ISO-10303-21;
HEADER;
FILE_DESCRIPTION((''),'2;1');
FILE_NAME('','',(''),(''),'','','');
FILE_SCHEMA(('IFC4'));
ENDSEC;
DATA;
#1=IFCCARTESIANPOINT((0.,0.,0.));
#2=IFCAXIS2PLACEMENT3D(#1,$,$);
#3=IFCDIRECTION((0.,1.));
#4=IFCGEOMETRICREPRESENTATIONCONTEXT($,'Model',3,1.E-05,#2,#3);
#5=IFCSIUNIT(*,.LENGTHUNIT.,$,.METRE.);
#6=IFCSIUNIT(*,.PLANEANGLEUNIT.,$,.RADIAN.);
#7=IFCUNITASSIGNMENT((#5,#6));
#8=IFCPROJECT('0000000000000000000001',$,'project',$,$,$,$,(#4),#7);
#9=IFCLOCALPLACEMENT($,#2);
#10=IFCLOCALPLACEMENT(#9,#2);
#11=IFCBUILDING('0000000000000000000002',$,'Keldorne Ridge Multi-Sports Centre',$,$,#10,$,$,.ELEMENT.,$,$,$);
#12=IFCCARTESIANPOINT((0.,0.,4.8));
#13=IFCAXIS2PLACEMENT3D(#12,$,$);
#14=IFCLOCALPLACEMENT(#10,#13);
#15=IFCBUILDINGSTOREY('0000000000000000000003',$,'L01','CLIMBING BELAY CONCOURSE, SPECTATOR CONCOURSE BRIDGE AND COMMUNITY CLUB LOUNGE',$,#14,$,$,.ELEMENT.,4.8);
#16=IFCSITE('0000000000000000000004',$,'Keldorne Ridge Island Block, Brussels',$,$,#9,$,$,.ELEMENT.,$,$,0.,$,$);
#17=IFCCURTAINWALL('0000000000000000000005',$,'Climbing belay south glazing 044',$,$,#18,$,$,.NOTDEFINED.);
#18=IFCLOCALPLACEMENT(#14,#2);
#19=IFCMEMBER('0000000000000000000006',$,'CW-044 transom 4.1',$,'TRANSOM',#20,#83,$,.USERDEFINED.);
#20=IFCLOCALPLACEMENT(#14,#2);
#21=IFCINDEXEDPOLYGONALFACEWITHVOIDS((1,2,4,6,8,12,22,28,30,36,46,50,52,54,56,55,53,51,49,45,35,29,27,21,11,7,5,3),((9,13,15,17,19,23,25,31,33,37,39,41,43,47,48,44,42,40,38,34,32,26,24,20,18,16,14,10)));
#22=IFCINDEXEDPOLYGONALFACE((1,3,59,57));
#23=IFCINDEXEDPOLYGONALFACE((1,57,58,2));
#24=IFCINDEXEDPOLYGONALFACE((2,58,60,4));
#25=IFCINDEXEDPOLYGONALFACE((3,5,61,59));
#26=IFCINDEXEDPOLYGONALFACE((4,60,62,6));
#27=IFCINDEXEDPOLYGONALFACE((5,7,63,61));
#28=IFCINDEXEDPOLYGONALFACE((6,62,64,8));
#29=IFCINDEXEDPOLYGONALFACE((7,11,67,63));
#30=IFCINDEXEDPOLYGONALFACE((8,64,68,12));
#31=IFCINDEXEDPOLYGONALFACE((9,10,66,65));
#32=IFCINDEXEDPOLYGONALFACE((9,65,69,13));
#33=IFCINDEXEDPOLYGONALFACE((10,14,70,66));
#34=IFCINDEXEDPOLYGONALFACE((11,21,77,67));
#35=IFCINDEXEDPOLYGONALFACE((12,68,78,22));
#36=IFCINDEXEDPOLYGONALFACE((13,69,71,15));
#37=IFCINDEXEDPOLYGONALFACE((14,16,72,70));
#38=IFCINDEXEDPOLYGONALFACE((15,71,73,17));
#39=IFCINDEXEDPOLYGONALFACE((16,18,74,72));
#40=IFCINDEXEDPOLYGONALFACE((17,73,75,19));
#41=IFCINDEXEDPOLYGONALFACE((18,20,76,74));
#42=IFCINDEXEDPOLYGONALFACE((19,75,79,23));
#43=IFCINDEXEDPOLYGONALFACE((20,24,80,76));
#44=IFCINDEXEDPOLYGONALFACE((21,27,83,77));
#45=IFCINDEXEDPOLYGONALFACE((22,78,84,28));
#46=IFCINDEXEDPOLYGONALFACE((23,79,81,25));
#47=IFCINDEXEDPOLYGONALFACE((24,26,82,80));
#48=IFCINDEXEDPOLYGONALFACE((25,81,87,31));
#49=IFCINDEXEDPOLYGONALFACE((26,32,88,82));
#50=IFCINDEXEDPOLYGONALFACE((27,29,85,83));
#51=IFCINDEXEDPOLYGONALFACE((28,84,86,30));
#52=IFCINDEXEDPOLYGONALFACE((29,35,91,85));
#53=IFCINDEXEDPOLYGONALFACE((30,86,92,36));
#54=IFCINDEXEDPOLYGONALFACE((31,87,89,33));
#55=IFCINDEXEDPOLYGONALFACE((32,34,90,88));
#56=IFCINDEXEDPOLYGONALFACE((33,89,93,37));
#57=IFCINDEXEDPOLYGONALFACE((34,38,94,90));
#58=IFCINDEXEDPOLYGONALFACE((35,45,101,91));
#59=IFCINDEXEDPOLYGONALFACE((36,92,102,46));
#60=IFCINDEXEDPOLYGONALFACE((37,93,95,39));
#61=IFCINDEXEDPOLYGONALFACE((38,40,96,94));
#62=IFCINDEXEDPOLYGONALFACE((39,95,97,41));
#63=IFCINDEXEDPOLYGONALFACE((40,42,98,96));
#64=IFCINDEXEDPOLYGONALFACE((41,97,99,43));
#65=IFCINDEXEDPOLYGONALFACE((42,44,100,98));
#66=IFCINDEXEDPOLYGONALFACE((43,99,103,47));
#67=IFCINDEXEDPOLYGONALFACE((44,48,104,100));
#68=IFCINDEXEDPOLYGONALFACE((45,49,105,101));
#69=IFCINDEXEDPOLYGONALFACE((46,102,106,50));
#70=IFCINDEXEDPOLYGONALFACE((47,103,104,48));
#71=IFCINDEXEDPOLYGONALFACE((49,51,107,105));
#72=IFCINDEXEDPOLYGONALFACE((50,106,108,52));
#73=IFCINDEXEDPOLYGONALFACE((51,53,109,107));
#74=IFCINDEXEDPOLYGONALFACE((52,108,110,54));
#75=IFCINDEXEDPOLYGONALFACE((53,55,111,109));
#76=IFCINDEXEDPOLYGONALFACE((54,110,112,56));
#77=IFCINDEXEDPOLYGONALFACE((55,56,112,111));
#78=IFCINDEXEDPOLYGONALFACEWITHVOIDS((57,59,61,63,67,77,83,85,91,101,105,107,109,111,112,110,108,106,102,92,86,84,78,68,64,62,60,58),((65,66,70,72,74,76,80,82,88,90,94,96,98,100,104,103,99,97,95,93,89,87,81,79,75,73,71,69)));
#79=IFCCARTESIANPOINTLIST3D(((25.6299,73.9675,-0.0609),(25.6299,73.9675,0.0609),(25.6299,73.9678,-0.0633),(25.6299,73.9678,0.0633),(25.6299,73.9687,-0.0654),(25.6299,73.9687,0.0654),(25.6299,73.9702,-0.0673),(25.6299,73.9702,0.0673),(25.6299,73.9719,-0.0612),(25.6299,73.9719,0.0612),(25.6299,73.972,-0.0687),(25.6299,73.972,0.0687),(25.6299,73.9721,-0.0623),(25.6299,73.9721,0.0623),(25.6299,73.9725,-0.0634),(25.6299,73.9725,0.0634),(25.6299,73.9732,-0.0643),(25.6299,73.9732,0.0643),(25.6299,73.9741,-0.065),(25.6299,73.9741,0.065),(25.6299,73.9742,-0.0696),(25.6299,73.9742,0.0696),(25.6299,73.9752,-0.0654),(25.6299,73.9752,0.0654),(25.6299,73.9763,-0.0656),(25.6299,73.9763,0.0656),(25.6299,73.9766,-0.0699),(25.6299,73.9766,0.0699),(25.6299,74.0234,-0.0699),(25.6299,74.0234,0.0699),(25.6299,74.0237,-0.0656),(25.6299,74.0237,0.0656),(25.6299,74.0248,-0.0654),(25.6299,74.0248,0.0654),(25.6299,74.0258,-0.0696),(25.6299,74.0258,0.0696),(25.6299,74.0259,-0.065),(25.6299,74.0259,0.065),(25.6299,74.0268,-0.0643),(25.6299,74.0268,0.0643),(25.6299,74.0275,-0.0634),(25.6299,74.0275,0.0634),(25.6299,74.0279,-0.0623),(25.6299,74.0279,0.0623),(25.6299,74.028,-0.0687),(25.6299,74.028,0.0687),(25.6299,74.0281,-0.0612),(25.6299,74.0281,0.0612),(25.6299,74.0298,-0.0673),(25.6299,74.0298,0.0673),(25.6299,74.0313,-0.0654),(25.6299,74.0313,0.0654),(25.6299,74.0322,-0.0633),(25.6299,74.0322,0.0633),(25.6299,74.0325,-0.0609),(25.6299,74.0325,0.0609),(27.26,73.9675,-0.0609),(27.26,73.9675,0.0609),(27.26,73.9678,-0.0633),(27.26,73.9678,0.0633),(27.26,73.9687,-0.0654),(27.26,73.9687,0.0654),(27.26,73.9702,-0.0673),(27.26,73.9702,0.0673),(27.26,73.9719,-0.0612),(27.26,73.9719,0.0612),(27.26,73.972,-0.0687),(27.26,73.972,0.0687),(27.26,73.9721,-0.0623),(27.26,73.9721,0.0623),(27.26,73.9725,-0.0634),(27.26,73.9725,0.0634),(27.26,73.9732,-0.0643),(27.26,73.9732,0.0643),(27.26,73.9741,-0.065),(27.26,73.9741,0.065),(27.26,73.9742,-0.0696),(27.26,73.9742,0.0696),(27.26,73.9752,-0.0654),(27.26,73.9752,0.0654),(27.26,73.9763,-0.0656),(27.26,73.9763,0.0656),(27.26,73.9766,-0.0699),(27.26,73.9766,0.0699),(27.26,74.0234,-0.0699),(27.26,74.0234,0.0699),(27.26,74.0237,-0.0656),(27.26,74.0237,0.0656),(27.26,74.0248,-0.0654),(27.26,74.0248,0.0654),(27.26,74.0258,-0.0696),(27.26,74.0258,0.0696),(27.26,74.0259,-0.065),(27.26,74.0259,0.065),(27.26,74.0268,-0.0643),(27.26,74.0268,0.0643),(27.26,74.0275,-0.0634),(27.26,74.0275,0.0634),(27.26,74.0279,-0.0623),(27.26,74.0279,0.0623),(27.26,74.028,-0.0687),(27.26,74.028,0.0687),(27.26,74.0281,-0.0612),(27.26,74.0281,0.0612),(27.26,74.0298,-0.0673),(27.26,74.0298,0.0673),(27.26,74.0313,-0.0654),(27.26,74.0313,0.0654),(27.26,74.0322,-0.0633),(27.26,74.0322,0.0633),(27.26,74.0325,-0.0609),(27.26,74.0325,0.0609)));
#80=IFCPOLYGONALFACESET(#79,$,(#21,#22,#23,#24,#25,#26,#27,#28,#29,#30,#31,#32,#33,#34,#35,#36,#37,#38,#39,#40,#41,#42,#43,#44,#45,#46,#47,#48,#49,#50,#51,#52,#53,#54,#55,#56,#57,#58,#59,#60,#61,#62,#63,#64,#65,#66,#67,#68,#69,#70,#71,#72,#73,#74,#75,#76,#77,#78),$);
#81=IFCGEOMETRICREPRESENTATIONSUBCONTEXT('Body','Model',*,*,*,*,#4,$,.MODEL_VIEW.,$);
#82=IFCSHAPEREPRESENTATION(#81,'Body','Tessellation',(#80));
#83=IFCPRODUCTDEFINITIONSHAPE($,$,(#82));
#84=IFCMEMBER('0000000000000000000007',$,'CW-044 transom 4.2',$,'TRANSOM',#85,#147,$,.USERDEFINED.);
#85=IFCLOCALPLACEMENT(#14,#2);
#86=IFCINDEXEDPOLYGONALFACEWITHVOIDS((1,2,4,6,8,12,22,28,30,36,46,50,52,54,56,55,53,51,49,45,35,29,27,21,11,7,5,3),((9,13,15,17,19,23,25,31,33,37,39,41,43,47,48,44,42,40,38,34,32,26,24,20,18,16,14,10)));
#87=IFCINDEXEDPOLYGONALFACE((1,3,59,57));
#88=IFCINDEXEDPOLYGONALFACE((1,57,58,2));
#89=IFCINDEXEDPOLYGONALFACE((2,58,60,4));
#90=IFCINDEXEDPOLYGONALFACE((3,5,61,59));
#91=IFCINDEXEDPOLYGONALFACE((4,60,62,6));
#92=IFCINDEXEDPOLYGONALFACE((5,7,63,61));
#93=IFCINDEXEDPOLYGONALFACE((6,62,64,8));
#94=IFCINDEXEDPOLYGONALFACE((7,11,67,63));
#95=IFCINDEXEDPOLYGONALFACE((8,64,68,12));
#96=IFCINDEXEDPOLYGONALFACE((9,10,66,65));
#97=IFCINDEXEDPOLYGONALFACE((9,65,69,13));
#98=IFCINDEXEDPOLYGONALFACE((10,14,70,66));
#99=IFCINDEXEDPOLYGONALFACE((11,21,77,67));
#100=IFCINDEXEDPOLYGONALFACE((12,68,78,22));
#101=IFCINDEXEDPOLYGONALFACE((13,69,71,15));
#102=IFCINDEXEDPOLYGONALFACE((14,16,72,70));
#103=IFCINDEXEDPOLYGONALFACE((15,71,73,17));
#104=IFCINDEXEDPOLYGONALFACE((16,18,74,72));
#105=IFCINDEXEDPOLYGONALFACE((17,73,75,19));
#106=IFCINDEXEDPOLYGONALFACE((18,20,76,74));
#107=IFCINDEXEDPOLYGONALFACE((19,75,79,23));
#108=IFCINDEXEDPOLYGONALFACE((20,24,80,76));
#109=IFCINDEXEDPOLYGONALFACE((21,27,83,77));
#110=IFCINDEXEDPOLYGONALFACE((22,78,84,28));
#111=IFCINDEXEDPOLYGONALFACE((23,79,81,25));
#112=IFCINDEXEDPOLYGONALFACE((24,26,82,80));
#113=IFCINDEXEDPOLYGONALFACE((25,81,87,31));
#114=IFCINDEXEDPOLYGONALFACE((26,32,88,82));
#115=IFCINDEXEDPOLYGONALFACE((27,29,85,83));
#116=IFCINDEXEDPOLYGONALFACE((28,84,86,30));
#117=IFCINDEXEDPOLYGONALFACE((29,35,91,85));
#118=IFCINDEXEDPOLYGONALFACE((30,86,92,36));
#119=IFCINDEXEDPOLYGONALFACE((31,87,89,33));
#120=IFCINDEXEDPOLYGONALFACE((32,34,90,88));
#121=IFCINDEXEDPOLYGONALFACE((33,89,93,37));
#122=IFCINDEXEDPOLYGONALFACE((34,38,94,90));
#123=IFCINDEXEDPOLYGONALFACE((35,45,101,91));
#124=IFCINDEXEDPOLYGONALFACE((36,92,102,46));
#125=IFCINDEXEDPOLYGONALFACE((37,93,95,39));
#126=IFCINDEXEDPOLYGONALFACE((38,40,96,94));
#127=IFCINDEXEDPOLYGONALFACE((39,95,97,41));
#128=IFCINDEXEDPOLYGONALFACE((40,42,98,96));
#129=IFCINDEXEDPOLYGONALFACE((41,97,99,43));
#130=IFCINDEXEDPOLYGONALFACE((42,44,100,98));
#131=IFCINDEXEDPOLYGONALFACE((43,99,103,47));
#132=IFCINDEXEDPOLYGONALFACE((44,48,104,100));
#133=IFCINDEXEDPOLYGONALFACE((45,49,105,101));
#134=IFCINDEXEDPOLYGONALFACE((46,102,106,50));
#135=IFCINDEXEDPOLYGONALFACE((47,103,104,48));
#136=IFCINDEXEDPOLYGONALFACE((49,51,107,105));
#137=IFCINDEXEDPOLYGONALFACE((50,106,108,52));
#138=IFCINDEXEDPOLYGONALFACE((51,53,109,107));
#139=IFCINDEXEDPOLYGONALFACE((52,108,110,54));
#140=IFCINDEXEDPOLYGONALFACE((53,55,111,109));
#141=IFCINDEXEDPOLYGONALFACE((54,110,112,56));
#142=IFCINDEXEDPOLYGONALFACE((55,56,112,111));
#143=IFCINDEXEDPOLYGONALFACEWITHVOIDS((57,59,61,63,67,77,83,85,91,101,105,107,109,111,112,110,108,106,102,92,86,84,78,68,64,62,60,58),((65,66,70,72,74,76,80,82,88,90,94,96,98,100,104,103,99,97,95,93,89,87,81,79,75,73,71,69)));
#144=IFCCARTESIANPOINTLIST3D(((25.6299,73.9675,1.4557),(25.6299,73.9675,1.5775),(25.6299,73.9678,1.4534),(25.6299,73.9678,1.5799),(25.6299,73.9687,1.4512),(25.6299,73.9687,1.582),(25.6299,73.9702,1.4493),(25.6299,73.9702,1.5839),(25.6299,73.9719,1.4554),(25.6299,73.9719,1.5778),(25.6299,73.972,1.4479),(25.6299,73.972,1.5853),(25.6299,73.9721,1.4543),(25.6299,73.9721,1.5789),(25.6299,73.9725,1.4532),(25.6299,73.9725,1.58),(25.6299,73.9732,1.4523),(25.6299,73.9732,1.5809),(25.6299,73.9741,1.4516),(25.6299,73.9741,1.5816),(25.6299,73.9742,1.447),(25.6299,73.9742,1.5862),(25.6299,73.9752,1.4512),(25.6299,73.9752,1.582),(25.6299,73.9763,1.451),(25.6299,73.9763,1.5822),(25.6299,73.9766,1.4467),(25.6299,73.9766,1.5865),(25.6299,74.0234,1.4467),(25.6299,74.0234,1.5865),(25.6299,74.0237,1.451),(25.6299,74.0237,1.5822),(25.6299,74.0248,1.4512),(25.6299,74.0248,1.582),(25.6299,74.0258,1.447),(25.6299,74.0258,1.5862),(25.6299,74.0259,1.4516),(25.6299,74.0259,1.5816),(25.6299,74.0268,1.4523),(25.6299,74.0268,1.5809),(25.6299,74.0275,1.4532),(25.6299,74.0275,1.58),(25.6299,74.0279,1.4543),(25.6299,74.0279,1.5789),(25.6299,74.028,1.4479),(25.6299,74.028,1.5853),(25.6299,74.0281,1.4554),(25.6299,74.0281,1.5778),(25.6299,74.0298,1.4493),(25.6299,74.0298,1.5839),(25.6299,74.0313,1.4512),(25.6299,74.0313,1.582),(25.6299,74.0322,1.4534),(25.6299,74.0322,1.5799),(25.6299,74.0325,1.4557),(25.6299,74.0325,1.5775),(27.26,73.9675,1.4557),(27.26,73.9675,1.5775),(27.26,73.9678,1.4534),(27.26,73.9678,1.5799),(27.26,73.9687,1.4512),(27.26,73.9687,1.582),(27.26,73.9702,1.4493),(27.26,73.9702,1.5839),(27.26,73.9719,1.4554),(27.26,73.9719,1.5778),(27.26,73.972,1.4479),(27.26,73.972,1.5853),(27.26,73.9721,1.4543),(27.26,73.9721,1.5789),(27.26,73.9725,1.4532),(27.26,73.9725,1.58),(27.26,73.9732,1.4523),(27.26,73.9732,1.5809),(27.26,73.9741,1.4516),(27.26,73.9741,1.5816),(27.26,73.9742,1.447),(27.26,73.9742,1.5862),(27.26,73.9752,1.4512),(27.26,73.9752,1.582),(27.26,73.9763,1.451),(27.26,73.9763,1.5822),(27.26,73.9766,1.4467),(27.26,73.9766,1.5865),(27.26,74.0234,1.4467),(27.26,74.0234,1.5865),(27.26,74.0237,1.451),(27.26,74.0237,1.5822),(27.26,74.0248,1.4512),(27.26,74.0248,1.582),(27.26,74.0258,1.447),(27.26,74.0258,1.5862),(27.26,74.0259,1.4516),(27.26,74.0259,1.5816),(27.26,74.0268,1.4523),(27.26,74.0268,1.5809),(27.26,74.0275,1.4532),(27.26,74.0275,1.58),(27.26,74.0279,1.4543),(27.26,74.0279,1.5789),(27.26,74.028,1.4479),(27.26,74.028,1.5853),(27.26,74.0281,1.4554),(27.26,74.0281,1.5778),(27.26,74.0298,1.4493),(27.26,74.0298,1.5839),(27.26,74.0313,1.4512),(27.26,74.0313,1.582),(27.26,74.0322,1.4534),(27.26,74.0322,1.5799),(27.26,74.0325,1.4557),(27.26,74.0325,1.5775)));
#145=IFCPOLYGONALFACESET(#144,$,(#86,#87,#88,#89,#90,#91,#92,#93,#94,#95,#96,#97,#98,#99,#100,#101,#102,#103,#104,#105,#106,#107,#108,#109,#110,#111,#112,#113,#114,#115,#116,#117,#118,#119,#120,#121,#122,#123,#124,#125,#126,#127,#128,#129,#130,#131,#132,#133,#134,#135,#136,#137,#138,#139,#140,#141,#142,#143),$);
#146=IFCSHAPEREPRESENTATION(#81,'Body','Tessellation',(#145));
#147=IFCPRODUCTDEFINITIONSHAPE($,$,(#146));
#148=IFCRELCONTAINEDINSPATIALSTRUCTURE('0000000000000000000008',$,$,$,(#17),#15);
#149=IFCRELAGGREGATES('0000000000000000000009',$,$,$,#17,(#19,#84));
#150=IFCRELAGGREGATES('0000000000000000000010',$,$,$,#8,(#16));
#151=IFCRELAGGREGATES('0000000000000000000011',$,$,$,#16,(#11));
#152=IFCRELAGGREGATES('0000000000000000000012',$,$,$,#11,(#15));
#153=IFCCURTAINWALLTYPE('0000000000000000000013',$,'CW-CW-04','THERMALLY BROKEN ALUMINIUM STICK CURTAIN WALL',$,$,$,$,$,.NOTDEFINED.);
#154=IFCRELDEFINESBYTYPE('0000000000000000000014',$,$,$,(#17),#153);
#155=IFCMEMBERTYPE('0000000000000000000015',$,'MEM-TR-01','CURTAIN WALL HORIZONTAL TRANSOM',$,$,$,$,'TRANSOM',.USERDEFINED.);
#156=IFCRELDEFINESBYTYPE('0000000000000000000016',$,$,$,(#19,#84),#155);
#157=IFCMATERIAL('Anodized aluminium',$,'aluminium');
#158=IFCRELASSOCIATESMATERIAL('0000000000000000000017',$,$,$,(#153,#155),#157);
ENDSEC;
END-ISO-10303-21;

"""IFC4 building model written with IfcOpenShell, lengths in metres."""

from ifc_helpers import new_model, si_unit, direction, frame, origin, origin_2d, place, context, subcontext, project, spatial, hollow_rectangle, extrude, material, material_profile, profile_set, type_object, element, aggregate, save


model = new_model("IFC4")

# Units and contexts
model_context = context("Model", 3, precision=1e-05, world=origin(), true_north=direction((0.0, 1.0)))
body_context = subcontext(model_context, "Body", "Model", "MODEL_VIEW")
ifc_project = project(units=[si_unit("LENGTHUNIT", "METRE"), si_unit("PLANEANGLEUNIT", "RADIAN")], contexts=[model_context])

# Site, building, storey
site_placement = place(None, origin())
site = spatial("IfcSite", under=ifc_project, at=site_placement, Name="Keldorne Ridge Island Block, Brussels", CompositionType="ELEMENT", RefElevation=0.0)
building_placement = place(site_placement, origin())
building = spatial("IfcBuilding", under=site, at=building_placement, Name="Keldorne Ridge Multi-Sports Centre", CompositionType="ELEMENT")
storey_placement = place(building_placement, frame((0.0, 0.0, 4.8)))
storey = spatial("IfcBuildingStorey", under=building, at=storey_placement, Name="L01", Description="CLIMBING BELAY CONCOURSE, SPECTATOR CONCOURSE BRIDGE AND COMMUNITY CLUB LOUNGE", CompositionType="ELEMENT", Elevation=4.8)

# Curtain wall
ifc_material_1 = material(Name="Anodized aluminium", Category="aluminium")
curtain_wall_type_1 = type_object("IfcCurtainWallType", Name="CW-CW-04", Description="THERMALLY BROKEN ALUMINIUM STICK CURTAIN WALL", PredefinedType="NOTDEFINED", material=ifc_material_1)
curtain_wall_1_placement = place(storey_placement, origin())
curtain_wall_1 = element("IfcCurtainWall", 1, at=curtain_wall_1_placement, inside=storey, type_object=curtain_wall_type_1, Name="Climbing belay south glazing 044", PredefinedType="NOTDEFINED")

# Members
ifc_material_profile_1 = material_profile(ifc_material_1, hollow_rectangle(XDim=0.0649, YDim=0.1399, WallThickness=0.0044, InnerFilletRadius=0.0044, OuterFilletRadius=0.009, at=origin_2d()), Name="ALU TRANSOM 140x65x4.5")
ifc_profile_set_1 = profile_set([ifc_material_profile_1], Name="Anodized aluminium")
member_type_1 = type_object("IfcMemberType", Name="MEM-TR-01", Description="CURTAIN WALL HORIZONTAL TRANSOM", ElementType="TRANSOM", PredefinedType="USERDEFINED", material=ifc_profile_set_1)
member_1_placement = place(storey_placement, frame((25.6299, 74.0, 0.0), z_axis=(1.0, 0.0, 0.0), x_axis=(0.0, 1.0, 0.0)))
member_1 = element("IfcMember", 2, at=member_1_placement, type_object=member_type_1, Name="CW-044 transom 4.1", ObjectType="TRANSOM", PredefinedType="USERDEFINED", context=body_context, shape_type="SweptSolid", body=[
    extrude(hollow_rectangle(XDim=0.0649, YDim=0.1399, WallThickness=0.0044, InnerFilletRadius=0.0044, OuterFilletRadius=0.009, at=origin_2d()), origin(), (0.0, 0.0, 1.0), 1.6301),
])
member_2_placement = place(storey_placement, frame((25.6299, 74.0, 1.5166), z_axis=(1.0, 0.0, 0.0), x_axis=(0.0, 1.0, 0.0)))
member_2 = element("IfcMember", 3, at=member_2_placement, type_object=member_type_1, Name="CW-044 transom 4.2", ObjectType="TRANSOM", PredefinedType="USERDEFINED", context=body_context, shape_type="SweptSolid", body=[
    extrude(hollow_rectangle(XDim=0.0649, YDim=0.1399, WallThickness=0.0044, InnerFilletRadius=0.0044, OuterFilletRadius=0.009, at=origin_2d()), origin(), (0.0, 0.0, 1.0), 1.6301),
])

aggregate(curtain_wall_1, [member_1, member_2])

save(model, "model.ifc")
